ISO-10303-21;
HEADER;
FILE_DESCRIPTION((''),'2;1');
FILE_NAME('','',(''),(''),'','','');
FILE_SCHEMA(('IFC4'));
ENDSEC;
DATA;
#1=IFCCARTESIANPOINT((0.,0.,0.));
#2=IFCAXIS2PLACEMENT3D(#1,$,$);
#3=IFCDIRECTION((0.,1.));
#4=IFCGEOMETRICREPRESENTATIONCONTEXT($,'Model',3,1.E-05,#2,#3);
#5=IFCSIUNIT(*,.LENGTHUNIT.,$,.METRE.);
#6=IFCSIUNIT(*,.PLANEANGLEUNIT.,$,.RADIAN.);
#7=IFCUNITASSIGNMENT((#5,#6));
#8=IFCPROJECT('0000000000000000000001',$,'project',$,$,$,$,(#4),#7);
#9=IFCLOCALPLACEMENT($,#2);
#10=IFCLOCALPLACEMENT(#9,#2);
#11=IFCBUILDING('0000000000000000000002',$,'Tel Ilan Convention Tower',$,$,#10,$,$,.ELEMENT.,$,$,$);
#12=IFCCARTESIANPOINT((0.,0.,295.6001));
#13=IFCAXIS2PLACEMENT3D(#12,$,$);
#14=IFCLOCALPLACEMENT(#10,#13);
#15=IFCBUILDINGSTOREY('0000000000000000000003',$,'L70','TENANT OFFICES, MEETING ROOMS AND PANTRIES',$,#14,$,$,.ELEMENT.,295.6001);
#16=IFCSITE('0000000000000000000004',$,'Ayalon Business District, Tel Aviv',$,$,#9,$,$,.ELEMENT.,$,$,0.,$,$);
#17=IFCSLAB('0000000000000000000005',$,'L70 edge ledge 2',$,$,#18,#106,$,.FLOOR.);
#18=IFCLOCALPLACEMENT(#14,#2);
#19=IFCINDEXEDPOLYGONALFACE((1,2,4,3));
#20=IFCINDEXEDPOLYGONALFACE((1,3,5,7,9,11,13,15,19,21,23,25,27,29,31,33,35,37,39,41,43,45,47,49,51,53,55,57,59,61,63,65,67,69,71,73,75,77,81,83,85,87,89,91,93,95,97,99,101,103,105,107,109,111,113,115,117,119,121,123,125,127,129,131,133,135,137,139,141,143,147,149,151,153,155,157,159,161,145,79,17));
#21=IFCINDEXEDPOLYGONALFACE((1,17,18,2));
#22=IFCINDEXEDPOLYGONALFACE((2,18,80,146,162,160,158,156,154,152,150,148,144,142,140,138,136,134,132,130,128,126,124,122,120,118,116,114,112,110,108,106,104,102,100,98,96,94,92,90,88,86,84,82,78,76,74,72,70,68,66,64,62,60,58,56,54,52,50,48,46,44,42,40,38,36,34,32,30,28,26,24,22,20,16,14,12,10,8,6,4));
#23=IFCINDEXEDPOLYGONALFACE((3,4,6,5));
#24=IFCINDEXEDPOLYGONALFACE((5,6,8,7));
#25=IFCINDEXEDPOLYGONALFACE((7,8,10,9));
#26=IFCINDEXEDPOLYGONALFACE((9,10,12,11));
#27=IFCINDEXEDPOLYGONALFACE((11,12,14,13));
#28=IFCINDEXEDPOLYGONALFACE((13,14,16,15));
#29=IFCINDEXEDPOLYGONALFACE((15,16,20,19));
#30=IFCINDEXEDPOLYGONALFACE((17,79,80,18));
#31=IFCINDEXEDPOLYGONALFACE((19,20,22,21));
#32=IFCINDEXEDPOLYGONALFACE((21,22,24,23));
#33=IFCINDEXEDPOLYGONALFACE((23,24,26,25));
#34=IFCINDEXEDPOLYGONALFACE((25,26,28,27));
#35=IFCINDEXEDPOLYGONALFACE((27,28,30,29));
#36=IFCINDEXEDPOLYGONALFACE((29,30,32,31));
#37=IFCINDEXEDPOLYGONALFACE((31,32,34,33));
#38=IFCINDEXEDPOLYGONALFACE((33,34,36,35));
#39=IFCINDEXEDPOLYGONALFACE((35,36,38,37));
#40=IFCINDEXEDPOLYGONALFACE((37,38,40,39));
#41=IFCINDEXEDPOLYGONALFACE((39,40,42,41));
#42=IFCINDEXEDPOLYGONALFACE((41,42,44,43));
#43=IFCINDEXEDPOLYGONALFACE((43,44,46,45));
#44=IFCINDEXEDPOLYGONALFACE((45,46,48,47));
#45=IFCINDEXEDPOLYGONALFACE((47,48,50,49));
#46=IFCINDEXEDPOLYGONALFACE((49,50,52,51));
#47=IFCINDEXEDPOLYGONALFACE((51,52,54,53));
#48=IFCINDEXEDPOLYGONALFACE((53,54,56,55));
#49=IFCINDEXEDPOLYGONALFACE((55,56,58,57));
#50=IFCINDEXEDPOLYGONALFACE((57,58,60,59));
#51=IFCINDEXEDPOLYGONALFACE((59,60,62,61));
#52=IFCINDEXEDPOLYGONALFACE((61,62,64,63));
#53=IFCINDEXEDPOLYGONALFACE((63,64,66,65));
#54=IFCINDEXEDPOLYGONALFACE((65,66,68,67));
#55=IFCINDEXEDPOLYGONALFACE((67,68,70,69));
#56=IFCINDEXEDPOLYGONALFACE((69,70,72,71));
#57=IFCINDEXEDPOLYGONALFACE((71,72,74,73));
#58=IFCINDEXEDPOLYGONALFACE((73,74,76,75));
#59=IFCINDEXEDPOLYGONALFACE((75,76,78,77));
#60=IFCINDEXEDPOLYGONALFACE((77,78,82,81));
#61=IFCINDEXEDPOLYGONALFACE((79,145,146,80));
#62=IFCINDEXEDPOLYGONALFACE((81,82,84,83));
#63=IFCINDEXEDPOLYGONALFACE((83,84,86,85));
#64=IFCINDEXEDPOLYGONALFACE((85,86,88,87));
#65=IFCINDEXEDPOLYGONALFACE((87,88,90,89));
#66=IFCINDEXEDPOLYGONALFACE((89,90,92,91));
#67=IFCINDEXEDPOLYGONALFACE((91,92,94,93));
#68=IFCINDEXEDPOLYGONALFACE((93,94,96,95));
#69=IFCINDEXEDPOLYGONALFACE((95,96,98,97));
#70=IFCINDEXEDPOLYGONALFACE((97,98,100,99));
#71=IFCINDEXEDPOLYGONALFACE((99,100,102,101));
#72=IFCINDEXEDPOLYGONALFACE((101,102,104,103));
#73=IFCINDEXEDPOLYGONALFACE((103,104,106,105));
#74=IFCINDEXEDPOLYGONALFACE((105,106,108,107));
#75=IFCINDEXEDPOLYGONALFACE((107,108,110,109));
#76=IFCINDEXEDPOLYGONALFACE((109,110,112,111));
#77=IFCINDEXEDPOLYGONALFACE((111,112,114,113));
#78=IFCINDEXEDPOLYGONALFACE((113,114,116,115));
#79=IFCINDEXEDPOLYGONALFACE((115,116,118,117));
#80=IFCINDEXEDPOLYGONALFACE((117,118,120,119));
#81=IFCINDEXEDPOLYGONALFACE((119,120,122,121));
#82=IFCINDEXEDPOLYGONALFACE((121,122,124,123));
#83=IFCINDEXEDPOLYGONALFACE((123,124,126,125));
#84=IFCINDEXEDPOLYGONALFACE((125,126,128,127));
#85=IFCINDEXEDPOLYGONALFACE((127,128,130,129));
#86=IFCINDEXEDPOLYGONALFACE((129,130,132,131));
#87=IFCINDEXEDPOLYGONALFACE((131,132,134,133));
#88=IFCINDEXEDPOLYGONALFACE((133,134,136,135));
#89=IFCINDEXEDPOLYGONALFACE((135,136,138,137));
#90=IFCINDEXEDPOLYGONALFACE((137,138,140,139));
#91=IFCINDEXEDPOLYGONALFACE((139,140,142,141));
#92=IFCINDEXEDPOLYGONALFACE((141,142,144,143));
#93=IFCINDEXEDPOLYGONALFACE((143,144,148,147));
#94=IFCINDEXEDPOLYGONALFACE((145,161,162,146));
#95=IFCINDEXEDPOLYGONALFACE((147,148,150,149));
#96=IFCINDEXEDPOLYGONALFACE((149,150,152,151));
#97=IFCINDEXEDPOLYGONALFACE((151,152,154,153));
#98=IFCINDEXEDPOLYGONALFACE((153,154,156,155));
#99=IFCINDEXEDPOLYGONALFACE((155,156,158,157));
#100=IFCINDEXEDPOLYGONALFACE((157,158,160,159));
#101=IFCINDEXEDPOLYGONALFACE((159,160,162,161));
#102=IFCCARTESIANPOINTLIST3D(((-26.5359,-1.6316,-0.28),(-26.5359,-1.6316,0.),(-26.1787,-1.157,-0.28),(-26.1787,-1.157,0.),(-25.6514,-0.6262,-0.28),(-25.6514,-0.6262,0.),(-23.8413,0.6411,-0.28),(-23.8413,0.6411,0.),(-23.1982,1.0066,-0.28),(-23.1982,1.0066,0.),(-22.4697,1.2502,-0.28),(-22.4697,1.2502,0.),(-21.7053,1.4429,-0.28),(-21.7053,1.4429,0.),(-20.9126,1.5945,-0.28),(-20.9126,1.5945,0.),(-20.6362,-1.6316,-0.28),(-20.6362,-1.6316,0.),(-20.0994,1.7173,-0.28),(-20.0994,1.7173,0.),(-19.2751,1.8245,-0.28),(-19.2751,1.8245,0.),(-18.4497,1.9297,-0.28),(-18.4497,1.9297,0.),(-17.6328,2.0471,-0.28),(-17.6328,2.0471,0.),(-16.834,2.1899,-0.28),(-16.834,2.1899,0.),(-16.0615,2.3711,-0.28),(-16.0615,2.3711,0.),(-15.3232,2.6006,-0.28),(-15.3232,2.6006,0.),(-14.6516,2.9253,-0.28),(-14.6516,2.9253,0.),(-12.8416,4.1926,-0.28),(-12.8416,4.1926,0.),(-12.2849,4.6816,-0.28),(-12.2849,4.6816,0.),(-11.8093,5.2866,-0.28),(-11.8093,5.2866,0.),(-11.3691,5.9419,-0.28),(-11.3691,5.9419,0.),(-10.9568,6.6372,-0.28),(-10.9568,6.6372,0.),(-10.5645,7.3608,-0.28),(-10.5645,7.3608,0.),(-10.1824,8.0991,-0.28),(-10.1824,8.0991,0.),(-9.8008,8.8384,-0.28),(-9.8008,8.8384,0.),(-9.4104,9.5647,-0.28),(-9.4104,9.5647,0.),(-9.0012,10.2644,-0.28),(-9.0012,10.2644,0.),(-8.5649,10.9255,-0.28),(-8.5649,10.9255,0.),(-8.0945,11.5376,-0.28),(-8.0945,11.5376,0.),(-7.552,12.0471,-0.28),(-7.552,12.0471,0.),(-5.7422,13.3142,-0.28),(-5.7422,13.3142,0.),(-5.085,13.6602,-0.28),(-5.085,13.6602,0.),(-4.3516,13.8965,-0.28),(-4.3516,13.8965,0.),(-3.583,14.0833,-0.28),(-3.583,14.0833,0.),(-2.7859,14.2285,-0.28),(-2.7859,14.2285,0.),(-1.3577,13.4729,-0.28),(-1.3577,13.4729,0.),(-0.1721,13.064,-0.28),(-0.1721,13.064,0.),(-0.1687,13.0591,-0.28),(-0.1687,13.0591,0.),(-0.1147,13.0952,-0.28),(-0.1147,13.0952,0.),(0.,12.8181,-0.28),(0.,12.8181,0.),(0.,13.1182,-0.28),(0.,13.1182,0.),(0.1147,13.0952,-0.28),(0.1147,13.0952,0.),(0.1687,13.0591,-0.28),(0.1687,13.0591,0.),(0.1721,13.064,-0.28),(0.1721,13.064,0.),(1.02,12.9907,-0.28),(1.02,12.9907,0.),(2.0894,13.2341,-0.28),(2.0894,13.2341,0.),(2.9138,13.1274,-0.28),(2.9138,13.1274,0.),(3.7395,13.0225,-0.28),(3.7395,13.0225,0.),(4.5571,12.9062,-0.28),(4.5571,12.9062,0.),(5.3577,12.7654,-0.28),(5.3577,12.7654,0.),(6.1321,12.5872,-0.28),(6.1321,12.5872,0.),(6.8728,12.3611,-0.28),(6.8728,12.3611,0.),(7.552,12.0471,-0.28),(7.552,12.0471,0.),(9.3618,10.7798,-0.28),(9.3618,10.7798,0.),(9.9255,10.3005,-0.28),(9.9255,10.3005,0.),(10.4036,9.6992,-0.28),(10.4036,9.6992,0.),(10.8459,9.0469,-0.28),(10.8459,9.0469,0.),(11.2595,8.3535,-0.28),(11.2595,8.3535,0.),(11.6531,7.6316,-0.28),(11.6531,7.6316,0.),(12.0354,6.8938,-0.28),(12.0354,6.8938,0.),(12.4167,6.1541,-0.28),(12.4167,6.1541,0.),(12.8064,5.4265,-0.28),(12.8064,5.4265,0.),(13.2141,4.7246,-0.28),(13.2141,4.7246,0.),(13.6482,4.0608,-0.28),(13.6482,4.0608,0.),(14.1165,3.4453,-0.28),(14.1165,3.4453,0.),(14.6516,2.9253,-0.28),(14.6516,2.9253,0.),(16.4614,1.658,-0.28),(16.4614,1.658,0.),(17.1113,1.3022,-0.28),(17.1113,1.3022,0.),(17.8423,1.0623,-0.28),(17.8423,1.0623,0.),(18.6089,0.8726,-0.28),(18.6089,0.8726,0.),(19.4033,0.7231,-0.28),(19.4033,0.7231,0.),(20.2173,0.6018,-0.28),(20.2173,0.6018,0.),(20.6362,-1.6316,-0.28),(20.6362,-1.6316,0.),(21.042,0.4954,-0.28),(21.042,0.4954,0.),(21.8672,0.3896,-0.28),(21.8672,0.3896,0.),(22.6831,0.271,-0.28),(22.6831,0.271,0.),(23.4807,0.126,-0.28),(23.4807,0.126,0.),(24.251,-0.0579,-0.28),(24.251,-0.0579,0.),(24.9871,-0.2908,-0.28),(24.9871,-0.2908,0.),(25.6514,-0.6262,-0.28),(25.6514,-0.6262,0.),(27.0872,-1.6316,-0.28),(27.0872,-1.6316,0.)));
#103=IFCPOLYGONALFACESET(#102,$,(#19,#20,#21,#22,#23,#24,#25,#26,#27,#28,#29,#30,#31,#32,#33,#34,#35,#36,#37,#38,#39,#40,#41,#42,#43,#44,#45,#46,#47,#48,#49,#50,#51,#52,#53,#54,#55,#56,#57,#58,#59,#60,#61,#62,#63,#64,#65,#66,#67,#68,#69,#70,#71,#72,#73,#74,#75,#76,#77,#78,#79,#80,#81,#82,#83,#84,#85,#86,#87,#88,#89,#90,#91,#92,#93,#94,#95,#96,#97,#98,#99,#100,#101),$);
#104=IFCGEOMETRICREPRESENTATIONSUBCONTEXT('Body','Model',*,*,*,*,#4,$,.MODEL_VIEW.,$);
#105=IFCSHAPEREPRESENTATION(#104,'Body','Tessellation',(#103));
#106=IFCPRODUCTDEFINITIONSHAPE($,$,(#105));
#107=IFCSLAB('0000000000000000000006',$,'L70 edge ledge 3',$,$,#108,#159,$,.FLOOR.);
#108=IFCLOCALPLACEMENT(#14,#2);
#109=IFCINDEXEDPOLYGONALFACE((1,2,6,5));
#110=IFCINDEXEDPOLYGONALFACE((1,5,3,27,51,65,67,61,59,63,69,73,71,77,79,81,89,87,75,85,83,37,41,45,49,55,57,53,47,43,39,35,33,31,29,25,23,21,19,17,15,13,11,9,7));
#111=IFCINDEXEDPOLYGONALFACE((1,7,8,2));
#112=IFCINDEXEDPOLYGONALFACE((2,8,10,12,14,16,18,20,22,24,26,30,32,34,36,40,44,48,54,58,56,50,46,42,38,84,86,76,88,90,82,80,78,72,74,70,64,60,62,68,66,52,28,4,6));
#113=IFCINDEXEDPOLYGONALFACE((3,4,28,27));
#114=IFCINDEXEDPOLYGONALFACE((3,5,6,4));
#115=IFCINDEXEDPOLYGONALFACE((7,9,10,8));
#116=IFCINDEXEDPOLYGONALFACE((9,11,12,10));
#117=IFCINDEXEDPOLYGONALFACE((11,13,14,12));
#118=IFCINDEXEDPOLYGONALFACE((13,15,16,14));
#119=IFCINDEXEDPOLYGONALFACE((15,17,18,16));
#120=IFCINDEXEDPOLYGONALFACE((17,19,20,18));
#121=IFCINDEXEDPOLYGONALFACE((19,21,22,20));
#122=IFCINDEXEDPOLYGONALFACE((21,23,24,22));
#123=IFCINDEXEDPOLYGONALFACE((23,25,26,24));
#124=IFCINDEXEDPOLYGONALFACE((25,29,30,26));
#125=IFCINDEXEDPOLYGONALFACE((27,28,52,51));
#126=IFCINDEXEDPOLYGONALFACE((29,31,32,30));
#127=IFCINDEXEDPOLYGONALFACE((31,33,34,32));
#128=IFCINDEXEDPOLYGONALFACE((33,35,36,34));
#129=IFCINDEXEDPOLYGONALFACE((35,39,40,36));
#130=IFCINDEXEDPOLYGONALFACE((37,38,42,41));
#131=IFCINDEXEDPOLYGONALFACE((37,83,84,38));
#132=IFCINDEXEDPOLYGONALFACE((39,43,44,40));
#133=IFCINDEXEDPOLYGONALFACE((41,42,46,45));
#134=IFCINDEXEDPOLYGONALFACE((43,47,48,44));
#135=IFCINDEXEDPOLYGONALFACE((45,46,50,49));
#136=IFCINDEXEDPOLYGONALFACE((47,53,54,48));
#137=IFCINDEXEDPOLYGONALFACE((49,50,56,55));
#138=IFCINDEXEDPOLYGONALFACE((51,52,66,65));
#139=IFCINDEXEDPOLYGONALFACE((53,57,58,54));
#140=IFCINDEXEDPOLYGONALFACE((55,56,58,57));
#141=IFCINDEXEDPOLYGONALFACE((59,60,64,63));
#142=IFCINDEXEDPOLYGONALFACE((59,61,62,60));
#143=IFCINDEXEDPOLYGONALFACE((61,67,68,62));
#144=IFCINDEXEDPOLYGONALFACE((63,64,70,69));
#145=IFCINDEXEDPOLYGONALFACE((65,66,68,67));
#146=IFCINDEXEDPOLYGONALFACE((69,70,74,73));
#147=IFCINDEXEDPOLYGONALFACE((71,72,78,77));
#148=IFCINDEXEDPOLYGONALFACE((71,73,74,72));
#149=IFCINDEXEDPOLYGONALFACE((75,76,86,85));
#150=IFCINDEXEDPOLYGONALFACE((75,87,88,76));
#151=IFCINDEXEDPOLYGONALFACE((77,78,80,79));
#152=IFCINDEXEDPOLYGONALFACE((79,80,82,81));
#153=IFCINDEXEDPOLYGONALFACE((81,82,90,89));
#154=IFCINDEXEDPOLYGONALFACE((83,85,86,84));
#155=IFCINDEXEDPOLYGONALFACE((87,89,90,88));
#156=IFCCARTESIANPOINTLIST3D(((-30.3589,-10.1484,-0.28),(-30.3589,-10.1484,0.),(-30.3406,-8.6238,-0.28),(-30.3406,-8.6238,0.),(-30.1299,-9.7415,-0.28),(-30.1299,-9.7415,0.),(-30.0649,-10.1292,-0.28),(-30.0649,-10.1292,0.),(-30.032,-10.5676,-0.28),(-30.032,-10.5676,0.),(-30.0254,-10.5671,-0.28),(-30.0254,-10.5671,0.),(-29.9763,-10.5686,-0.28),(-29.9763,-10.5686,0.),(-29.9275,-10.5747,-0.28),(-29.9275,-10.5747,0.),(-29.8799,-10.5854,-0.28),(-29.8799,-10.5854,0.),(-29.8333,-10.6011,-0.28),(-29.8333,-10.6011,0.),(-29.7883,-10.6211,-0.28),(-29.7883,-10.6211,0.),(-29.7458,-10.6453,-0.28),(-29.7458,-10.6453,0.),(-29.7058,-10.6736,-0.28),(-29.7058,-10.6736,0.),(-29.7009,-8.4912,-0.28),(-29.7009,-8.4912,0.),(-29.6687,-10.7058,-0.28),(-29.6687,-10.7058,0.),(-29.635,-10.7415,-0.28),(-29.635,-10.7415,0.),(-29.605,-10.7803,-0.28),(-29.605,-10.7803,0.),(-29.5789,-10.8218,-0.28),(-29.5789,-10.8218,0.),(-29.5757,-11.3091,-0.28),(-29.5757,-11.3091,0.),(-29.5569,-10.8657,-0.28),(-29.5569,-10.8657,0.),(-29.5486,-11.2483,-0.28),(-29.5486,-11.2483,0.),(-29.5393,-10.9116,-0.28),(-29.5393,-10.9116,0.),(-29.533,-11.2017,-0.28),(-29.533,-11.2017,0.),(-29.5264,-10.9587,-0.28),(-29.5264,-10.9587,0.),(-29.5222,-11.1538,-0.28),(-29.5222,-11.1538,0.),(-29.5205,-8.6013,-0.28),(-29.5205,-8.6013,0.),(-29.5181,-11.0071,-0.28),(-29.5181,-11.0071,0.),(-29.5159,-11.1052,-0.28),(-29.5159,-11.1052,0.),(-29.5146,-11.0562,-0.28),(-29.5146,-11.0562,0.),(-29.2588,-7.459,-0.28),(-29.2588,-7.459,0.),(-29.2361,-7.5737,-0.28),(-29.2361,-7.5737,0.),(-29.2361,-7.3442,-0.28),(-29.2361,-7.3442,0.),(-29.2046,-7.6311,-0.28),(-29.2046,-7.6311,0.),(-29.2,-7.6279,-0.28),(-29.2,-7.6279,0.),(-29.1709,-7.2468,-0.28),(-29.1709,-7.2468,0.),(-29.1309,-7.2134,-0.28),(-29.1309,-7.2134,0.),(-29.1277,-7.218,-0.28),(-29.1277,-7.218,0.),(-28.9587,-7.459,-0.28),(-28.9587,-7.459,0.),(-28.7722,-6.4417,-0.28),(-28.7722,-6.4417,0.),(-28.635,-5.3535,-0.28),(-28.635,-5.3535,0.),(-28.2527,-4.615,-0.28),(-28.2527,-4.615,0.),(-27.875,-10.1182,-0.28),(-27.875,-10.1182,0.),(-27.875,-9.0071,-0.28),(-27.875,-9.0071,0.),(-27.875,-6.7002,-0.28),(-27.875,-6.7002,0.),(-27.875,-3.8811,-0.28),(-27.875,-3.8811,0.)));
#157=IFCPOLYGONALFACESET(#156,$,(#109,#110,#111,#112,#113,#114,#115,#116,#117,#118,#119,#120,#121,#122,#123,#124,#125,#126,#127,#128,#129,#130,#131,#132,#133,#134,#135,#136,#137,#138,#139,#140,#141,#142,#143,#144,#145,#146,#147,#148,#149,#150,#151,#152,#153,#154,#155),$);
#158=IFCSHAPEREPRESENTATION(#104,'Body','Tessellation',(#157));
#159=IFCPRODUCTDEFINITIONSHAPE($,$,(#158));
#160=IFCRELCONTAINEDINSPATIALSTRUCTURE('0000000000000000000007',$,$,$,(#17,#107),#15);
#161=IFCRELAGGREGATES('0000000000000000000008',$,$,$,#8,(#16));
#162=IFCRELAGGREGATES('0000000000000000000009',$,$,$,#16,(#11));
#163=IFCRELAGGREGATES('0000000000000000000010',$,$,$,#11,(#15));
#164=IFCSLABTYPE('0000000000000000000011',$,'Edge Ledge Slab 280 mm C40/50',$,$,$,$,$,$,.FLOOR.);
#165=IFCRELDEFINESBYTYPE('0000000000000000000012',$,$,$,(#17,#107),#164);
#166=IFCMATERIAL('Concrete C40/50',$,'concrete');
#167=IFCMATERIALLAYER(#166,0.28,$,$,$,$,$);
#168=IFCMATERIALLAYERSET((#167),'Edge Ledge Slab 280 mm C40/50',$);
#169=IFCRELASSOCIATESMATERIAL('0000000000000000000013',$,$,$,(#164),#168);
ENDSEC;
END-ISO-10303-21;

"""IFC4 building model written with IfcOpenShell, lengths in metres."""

from ifc_helpers import new_model, si_unit, direction, frame, origin, place, context, subcontext, project, spatial, polyline, outline, extrude, material, layer, layer_set, type_object, element, save


model = new_model("IFC4")

# Units and contexts
model_context = context("Model", 3, precision=1e-05, world=origin(), true_north=direction((0.0, 1.0)))
body_context = subcontext(model_context, "Body", "Model", "MODEL_VIEW")
ifc_project = project(units=[si_unit("LENGTHUNIT", "METRE"), si_unit("PLANEANGLEUNIT", "RADIAN")], contexts=[model_context])

# Site, building, storey
site_placement = place(None, origin())
site = spatial("IfcSite", under=ifc_project, at=site_placement, Name="Ayalon Business District, Tel Aviv", CompositionType="ELEMENT", RefElevation=0.0)
building_placement = place(site_placement, origin())
building = spatial("IfcBuilding", under=site, at=building_placement, Name="Tel Ilan Convention Tower", CompositionType="ELEMENT")
storey_placement = place(building_placement, frame((0.0, 0.0, 295.6001)))
storey = spatial("IfcBuildingStorey", under=building, at=storey_placement, Name="L70", Description="TENANT OFFICES, MEETING ROOMS AND PANTRIES", CompositionType="ELEMENT", Elevation=295.6001)

# Slabs
ifc_material_1 = material(Name="Concrete C40/50", Category="concrete")
ifc_layer_1 = layer(ifc_material_1, 0.28)
ifc_layer_set_1 = layer_set([ifc_layer_1], Name="Edge Ledge Slab 280 mm C40/50")
slab_type_1 = type_object("IfcSlabType", Name="Edge Ledge Slab 280 mm C40/50", PredefinedType="FLOOR", material=ifc_layer_set_1)
slab_1_placement = place(storey_placement, frame((0.0, 0.0, -0.28)))
element("IfcSlab", 1, at=slab_1_placement, inside=storey, type_object=slab_type_1, Name="L70 edge ledge 2", PredefinedType="FLOOR", context=body_context, shape_type="SweptSolid", body=[
    extrude(outline(polyline([(-23.1982, 1.0066), (-22.4697, 1.2502), (-21.7053, 1.4429), (-20.9126, 1.5945), (-20.0994, 1.7173), (-19.2751, 1.8245), (-18.4497, 1.9297), (-17.6328, 2.0471), (-16.834, 2.1899), (-16.0615, 2.3711), (-15.3232, 2.6006), (-14.6516, 2.9253), (-12.8416, 4.1926), (-12.2849, 4.6816), (-11.8093, 5.2866), (-11.3691, 5.9419), (-10.9568, 6.6372), (-10.5645, 7.3608), (-10.1824, 8.0991), (-9.8008, 8.8384), (-9.4104, 9.5647), (-9.0012, 10.2644), (-8.5649, 10.9255), (-8.0945, 11.5376), (-7.552, 12.0471), (-5.7422, 13.3142), (-5.085, 13.6602), (-4.3516, 13.8965), (-3.583, 14.0833), (-2.7859, 14.2285), (-1.3577, 13.4729), (-0.1721, 13.064), (-0.1687, 13.0591), (-0.1147, 13.0952), (0.0, 13.1182), (0.1147, 13.0952), (0.1687, 13.0591), (0.1721, 13.064), (1.02, 12.9907), (2.0894, 13.2341), (2.9138, 13.1274), (3.7395, 13.0225), (4.5571, 12.9062), (5.3577, 12.7654), (6.1321, 12.5872), (6.8728, 12.3611), (7.552, 12.0471), (9.3618, 10.7798), (9.9255, 10.3005), (10.4036, 9.6992), (10.8459, 9.0469), (11.2595, 8.3535), (11.6531, 7.6316), (12.0354, 6.8938), (12.4167, 6.1541), (12.8064, 5.4265), (13.2141, 4.7246), (13.6482, 4.0608), (14.1165, 3.4453), (14.6516, 2.9253), (16.4614, 1.658), (17.1113, 1.3022), (17.8423, 1.0623), (18.6089, 0.8726), (19.4033, 0.7231), (20.2173, 0.6018), (21.042, 0.4954), (21.8672, 0.3896), (22.6831, 0.271), (23.4807, 0.126), (24.251, -0.0579), (24.9871, -0.2908), (25.6514, -0.6262), (27.0872, -1.6316), (20.6362, -1.6316), (0.0, 12.8181), (-20.6362, -1.6316), (-26.5359, -1.6316), (-26.1787, -1.157), (-25.6514, -0.6262), (-23.8413, 0.6411), (-23.1982, 1.0066)])), origin(), (0.0, 0.0, 1.0), 0.28),
])
slab_2_placement = place(storey_placement, frame((0.0, 0.0, -0.28)))
element("IfcSlab", 2, at=slab_2_placement, inside=storey, type_object=slab_type_1, Name="L70 edge ledge 3", PredefinedType="FLOOR", context=body_context, shape_type="SweptSolid", body=[
    extrude(outline(polyline([(-29.5159, -11.1052), (-29.5146, -11.0562), (-29.5181, -11.0071), (-29.5264, -10.9587), (-29.5393, -10.9116), (-29.5569, -10.8657), (-29.5789, -10.8218), (-29.605, -10.7803), (-29.635, -10.7415), (-29.6687, -10.7058), (-29.7058, -10.6736), (-29.7458, -10.6453), (-29.7883, -10.6211), (-29.8333, -10.6011), (-29.8799, -10.5854), (-29.9275, -10.5747), (-29.9763, -10.5686), (-30.0254, -10.5671), (-30.032, -10.5676), (-30.0649, -10.1292), (-30.3589, -10.1484), (-30.1299, -9.7415), (-30.3406, -8.6238), (-29.7009, -8.4912), (-29.5205, -8.6013), (-29.2046, -7.6311), (-29.2, -7.6279), (-29.2361, -7.5737), (-29.2588, -7.459), (-29.2361, -7.3442), (-29.1709, -7.2468), (-29.1277, -7.218), (-29.1309, -7.2134), (-28.7722, -6.4417), (-28.635, -5.3535), (-28.2527, -4.615), (-27.875, -3.8811), (-27.875, -6.7002), (-28.9587, -7.459), (-27.875, -9.0071), (-27.875, -10.1182), (-29.5757, -11.3091), (-29.5486, -11.2483), (-29.533, -11.2017), (-29.5222, -11.1538), (-29.5159, -11.1052)])), origin(), (0.0, 0.0, 1.0), 0.28),
])

save(model, "model.ifc")
